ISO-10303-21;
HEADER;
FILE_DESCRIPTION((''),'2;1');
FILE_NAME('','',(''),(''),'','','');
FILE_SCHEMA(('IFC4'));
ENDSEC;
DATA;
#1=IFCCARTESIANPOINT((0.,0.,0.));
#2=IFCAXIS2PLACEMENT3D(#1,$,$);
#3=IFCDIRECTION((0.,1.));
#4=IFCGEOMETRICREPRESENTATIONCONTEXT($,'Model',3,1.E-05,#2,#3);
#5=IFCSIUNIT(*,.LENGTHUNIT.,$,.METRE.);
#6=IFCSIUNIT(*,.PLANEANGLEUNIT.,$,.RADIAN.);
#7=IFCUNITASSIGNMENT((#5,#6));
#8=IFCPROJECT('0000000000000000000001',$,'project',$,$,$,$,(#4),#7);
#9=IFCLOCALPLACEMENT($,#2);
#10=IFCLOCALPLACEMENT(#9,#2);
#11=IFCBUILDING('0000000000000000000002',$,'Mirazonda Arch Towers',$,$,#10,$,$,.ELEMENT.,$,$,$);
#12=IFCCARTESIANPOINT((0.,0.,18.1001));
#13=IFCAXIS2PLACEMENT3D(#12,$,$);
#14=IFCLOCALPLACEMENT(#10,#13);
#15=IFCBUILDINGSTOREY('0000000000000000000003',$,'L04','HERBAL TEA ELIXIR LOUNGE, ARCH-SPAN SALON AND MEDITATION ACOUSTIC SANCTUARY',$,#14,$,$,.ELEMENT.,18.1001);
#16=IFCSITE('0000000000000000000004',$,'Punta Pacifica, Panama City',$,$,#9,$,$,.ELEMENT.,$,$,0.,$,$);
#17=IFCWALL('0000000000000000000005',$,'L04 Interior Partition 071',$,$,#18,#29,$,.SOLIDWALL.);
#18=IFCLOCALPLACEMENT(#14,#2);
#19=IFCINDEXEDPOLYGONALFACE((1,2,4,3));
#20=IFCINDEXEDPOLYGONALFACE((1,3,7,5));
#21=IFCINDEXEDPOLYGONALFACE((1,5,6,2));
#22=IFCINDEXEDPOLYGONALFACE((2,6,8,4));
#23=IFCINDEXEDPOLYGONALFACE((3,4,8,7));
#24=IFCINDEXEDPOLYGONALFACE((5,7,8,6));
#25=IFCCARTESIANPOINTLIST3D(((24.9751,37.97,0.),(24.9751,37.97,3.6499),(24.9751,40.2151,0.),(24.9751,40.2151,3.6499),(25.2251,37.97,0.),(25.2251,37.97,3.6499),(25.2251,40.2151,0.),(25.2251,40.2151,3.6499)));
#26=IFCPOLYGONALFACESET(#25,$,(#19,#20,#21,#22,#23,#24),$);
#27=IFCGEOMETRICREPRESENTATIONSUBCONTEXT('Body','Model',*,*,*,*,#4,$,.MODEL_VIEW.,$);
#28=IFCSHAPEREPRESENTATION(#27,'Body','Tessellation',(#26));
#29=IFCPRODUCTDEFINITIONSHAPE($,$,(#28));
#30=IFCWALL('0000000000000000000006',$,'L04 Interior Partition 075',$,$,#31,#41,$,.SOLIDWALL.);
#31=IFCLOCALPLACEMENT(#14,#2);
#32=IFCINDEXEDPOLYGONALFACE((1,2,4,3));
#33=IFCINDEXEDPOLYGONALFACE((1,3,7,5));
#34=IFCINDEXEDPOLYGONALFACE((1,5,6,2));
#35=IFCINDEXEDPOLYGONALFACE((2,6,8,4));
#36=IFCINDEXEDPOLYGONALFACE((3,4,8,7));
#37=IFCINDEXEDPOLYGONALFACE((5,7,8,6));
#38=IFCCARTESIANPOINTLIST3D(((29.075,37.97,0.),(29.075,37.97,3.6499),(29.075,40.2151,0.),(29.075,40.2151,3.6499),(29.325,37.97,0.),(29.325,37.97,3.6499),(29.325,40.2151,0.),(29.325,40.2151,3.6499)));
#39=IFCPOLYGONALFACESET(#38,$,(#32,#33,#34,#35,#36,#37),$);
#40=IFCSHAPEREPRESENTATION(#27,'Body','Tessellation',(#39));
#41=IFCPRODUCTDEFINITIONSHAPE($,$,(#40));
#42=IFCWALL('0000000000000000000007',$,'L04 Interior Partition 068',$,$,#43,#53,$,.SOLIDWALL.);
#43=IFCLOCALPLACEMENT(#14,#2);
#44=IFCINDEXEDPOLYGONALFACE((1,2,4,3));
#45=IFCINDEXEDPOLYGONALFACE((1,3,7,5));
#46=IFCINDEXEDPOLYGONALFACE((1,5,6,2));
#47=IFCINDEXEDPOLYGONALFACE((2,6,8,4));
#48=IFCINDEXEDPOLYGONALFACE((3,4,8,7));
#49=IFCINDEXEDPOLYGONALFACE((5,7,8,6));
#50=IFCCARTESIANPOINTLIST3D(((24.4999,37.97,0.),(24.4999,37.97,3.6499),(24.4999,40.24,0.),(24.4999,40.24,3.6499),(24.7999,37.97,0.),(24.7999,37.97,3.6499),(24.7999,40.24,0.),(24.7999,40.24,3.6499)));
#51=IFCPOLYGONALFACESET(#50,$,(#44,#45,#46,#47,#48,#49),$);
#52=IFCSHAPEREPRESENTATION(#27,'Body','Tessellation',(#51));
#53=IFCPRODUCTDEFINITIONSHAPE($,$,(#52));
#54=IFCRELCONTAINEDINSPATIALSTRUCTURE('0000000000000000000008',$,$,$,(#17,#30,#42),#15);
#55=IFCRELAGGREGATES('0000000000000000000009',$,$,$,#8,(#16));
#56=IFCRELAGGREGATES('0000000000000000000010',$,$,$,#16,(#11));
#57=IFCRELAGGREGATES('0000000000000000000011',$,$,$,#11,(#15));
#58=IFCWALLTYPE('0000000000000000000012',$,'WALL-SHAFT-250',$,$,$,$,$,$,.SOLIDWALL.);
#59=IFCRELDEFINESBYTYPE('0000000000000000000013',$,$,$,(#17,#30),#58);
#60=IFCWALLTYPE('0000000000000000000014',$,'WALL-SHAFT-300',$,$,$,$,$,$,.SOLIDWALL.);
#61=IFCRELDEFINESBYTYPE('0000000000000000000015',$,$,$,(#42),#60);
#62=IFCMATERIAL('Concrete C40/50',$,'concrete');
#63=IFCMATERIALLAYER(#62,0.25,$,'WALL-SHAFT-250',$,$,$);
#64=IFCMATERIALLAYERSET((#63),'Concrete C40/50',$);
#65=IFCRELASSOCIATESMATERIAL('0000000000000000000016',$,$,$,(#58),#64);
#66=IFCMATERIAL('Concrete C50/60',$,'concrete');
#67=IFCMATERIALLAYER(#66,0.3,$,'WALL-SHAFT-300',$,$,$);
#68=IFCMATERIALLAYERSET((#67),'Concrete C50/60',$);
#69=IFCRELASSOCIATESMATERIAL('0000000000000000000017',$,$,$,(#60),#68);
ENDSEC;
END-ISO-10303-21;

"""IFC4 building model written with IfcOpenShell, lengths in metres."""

from ifc_helpers import new_model, si_unit, direction, frame, frame_2d, origin, place, context, subcontext, project, spatial, rectangle, extrude, material, layer, layer_set, type_object, element, save


model = new_model("IFC4")

# Units and contexts
model_context = context("Model", 3, precision=1e-05, world=origin(), true_north=direction((0.0, 1.0)))
body_context = subcontext(model_context, "Body", "Model", "MODEL_VIEW")
ifc_project = project(units=[si_unit("LENGTHUNIT", "METRE"), si_unit("PLANEANGLEUNIT", "RADIAN")], contexts=[model_context])

# Site, building, storey
site_placement = place(None, origin())
site = spatial("IfcSite", under=ifc_project, at=site_placement, Name="Punta Pacifica, Panama City", CompositionType="ELEMENT", RefElevation=0.0)
building_placement = place(site_placement, origin())
building = spatial("IfcBuilding", under=site, at=building_placement, Name="Mirazonda Arch Towers", CompositionType="ELEMENT")
storey_placement = place(building_placement, frame((0.0, 0.0, 18.1001)))
storey = spatial("IfcBuildingStorey", under=building, at=storey_placement, Name="L04", Description="HERBAL TEA ELIXIR LOUNGE, ARCH-SPAN SALON AND MEDITATION ACOUSTIC SANCTUARY", CompositionType="ELEMENT", Elevation=18.1001)

# Walls
ifc_material_1 = material(Name="Concrete C40/50", Category="concrete")
ifc_layer_1 = layer(ifc_material_1, 0.25, Name="WALL-SHAFT-250")
ifc_layer_set_1 = layer_set([ifc_layer_1], Name="Concrete C40/50")
wall_type_1 = type_object("IfcWallType", Name="WALL-SHAFT-250", PredefinedType="SOLIDWALL", material=ifc_layer_set_1)
for number, where, z_axis, x_axis, name in (
    (1, (25.1001, 37.97, 0.0), (0.0, 0.0, 1.0), (0.0, 1.0, 0.0), "L04 Interior Partition 071"),
    (2, (29.2, 37.97, 0.0), (0.0, 0.0, 1.0), (0.0, 1.0, 0.0), "L04 Interior Partition 075"),
):
    element("IfcWall", number, at=place(storey_placement, frame(where, z_axis=z_axis, x_axis=x_axis)), inside=storey, type_object=wall_type_1, Name=name, PredefinedType="SOLIDWALL", context=body_context, shape_type="SweptSolid", body=[
        extrude(rectangle(XDim=2.2451, YDim=0.25, at=frame_2d((1.1226, 0.0))), origin(), (0.0, 0.0, 1.0), 3.6499),
    ])
ifc_material_2 = material(Name="Concrete C50/60", Category="concrete")
ifc_layer_2 = layer(ifc_material_2, 0.3, Name="WALL-SHAFT-300")
ifc_layer_set_2 = layer_set([ifc_layer_2], Name="Concrete C50/60")
wall_type_2 = type_object("IfcWallType", Name="WALL-SHAFT-300", PredefinedType="SOLIDWALL", material=ifc_layer_set_2)
wall_1_placement = place(storey_placement, frame((24.6499, 37.97, 0.0), z_axis=(0.0, 0.0, 1.0), x_axis=(0.0, 1.0, 0.0)))
element("IfcWall", 3, at=wall_1_placement, inside=storey, type_object=wall_type_2, Name="L04 Interior Partition 068", PredefinedType="SOLIDWALL", context=body_context, shape_type="SweptSolid", body=[
    extrude(rectangle(XDim=2.27, YDim=0.3, at=frame_2d((1.135, 0.0))), origin(), (0.0, 0.0, 1.0), 3.6499),
])

save(model, "model.ifc")
